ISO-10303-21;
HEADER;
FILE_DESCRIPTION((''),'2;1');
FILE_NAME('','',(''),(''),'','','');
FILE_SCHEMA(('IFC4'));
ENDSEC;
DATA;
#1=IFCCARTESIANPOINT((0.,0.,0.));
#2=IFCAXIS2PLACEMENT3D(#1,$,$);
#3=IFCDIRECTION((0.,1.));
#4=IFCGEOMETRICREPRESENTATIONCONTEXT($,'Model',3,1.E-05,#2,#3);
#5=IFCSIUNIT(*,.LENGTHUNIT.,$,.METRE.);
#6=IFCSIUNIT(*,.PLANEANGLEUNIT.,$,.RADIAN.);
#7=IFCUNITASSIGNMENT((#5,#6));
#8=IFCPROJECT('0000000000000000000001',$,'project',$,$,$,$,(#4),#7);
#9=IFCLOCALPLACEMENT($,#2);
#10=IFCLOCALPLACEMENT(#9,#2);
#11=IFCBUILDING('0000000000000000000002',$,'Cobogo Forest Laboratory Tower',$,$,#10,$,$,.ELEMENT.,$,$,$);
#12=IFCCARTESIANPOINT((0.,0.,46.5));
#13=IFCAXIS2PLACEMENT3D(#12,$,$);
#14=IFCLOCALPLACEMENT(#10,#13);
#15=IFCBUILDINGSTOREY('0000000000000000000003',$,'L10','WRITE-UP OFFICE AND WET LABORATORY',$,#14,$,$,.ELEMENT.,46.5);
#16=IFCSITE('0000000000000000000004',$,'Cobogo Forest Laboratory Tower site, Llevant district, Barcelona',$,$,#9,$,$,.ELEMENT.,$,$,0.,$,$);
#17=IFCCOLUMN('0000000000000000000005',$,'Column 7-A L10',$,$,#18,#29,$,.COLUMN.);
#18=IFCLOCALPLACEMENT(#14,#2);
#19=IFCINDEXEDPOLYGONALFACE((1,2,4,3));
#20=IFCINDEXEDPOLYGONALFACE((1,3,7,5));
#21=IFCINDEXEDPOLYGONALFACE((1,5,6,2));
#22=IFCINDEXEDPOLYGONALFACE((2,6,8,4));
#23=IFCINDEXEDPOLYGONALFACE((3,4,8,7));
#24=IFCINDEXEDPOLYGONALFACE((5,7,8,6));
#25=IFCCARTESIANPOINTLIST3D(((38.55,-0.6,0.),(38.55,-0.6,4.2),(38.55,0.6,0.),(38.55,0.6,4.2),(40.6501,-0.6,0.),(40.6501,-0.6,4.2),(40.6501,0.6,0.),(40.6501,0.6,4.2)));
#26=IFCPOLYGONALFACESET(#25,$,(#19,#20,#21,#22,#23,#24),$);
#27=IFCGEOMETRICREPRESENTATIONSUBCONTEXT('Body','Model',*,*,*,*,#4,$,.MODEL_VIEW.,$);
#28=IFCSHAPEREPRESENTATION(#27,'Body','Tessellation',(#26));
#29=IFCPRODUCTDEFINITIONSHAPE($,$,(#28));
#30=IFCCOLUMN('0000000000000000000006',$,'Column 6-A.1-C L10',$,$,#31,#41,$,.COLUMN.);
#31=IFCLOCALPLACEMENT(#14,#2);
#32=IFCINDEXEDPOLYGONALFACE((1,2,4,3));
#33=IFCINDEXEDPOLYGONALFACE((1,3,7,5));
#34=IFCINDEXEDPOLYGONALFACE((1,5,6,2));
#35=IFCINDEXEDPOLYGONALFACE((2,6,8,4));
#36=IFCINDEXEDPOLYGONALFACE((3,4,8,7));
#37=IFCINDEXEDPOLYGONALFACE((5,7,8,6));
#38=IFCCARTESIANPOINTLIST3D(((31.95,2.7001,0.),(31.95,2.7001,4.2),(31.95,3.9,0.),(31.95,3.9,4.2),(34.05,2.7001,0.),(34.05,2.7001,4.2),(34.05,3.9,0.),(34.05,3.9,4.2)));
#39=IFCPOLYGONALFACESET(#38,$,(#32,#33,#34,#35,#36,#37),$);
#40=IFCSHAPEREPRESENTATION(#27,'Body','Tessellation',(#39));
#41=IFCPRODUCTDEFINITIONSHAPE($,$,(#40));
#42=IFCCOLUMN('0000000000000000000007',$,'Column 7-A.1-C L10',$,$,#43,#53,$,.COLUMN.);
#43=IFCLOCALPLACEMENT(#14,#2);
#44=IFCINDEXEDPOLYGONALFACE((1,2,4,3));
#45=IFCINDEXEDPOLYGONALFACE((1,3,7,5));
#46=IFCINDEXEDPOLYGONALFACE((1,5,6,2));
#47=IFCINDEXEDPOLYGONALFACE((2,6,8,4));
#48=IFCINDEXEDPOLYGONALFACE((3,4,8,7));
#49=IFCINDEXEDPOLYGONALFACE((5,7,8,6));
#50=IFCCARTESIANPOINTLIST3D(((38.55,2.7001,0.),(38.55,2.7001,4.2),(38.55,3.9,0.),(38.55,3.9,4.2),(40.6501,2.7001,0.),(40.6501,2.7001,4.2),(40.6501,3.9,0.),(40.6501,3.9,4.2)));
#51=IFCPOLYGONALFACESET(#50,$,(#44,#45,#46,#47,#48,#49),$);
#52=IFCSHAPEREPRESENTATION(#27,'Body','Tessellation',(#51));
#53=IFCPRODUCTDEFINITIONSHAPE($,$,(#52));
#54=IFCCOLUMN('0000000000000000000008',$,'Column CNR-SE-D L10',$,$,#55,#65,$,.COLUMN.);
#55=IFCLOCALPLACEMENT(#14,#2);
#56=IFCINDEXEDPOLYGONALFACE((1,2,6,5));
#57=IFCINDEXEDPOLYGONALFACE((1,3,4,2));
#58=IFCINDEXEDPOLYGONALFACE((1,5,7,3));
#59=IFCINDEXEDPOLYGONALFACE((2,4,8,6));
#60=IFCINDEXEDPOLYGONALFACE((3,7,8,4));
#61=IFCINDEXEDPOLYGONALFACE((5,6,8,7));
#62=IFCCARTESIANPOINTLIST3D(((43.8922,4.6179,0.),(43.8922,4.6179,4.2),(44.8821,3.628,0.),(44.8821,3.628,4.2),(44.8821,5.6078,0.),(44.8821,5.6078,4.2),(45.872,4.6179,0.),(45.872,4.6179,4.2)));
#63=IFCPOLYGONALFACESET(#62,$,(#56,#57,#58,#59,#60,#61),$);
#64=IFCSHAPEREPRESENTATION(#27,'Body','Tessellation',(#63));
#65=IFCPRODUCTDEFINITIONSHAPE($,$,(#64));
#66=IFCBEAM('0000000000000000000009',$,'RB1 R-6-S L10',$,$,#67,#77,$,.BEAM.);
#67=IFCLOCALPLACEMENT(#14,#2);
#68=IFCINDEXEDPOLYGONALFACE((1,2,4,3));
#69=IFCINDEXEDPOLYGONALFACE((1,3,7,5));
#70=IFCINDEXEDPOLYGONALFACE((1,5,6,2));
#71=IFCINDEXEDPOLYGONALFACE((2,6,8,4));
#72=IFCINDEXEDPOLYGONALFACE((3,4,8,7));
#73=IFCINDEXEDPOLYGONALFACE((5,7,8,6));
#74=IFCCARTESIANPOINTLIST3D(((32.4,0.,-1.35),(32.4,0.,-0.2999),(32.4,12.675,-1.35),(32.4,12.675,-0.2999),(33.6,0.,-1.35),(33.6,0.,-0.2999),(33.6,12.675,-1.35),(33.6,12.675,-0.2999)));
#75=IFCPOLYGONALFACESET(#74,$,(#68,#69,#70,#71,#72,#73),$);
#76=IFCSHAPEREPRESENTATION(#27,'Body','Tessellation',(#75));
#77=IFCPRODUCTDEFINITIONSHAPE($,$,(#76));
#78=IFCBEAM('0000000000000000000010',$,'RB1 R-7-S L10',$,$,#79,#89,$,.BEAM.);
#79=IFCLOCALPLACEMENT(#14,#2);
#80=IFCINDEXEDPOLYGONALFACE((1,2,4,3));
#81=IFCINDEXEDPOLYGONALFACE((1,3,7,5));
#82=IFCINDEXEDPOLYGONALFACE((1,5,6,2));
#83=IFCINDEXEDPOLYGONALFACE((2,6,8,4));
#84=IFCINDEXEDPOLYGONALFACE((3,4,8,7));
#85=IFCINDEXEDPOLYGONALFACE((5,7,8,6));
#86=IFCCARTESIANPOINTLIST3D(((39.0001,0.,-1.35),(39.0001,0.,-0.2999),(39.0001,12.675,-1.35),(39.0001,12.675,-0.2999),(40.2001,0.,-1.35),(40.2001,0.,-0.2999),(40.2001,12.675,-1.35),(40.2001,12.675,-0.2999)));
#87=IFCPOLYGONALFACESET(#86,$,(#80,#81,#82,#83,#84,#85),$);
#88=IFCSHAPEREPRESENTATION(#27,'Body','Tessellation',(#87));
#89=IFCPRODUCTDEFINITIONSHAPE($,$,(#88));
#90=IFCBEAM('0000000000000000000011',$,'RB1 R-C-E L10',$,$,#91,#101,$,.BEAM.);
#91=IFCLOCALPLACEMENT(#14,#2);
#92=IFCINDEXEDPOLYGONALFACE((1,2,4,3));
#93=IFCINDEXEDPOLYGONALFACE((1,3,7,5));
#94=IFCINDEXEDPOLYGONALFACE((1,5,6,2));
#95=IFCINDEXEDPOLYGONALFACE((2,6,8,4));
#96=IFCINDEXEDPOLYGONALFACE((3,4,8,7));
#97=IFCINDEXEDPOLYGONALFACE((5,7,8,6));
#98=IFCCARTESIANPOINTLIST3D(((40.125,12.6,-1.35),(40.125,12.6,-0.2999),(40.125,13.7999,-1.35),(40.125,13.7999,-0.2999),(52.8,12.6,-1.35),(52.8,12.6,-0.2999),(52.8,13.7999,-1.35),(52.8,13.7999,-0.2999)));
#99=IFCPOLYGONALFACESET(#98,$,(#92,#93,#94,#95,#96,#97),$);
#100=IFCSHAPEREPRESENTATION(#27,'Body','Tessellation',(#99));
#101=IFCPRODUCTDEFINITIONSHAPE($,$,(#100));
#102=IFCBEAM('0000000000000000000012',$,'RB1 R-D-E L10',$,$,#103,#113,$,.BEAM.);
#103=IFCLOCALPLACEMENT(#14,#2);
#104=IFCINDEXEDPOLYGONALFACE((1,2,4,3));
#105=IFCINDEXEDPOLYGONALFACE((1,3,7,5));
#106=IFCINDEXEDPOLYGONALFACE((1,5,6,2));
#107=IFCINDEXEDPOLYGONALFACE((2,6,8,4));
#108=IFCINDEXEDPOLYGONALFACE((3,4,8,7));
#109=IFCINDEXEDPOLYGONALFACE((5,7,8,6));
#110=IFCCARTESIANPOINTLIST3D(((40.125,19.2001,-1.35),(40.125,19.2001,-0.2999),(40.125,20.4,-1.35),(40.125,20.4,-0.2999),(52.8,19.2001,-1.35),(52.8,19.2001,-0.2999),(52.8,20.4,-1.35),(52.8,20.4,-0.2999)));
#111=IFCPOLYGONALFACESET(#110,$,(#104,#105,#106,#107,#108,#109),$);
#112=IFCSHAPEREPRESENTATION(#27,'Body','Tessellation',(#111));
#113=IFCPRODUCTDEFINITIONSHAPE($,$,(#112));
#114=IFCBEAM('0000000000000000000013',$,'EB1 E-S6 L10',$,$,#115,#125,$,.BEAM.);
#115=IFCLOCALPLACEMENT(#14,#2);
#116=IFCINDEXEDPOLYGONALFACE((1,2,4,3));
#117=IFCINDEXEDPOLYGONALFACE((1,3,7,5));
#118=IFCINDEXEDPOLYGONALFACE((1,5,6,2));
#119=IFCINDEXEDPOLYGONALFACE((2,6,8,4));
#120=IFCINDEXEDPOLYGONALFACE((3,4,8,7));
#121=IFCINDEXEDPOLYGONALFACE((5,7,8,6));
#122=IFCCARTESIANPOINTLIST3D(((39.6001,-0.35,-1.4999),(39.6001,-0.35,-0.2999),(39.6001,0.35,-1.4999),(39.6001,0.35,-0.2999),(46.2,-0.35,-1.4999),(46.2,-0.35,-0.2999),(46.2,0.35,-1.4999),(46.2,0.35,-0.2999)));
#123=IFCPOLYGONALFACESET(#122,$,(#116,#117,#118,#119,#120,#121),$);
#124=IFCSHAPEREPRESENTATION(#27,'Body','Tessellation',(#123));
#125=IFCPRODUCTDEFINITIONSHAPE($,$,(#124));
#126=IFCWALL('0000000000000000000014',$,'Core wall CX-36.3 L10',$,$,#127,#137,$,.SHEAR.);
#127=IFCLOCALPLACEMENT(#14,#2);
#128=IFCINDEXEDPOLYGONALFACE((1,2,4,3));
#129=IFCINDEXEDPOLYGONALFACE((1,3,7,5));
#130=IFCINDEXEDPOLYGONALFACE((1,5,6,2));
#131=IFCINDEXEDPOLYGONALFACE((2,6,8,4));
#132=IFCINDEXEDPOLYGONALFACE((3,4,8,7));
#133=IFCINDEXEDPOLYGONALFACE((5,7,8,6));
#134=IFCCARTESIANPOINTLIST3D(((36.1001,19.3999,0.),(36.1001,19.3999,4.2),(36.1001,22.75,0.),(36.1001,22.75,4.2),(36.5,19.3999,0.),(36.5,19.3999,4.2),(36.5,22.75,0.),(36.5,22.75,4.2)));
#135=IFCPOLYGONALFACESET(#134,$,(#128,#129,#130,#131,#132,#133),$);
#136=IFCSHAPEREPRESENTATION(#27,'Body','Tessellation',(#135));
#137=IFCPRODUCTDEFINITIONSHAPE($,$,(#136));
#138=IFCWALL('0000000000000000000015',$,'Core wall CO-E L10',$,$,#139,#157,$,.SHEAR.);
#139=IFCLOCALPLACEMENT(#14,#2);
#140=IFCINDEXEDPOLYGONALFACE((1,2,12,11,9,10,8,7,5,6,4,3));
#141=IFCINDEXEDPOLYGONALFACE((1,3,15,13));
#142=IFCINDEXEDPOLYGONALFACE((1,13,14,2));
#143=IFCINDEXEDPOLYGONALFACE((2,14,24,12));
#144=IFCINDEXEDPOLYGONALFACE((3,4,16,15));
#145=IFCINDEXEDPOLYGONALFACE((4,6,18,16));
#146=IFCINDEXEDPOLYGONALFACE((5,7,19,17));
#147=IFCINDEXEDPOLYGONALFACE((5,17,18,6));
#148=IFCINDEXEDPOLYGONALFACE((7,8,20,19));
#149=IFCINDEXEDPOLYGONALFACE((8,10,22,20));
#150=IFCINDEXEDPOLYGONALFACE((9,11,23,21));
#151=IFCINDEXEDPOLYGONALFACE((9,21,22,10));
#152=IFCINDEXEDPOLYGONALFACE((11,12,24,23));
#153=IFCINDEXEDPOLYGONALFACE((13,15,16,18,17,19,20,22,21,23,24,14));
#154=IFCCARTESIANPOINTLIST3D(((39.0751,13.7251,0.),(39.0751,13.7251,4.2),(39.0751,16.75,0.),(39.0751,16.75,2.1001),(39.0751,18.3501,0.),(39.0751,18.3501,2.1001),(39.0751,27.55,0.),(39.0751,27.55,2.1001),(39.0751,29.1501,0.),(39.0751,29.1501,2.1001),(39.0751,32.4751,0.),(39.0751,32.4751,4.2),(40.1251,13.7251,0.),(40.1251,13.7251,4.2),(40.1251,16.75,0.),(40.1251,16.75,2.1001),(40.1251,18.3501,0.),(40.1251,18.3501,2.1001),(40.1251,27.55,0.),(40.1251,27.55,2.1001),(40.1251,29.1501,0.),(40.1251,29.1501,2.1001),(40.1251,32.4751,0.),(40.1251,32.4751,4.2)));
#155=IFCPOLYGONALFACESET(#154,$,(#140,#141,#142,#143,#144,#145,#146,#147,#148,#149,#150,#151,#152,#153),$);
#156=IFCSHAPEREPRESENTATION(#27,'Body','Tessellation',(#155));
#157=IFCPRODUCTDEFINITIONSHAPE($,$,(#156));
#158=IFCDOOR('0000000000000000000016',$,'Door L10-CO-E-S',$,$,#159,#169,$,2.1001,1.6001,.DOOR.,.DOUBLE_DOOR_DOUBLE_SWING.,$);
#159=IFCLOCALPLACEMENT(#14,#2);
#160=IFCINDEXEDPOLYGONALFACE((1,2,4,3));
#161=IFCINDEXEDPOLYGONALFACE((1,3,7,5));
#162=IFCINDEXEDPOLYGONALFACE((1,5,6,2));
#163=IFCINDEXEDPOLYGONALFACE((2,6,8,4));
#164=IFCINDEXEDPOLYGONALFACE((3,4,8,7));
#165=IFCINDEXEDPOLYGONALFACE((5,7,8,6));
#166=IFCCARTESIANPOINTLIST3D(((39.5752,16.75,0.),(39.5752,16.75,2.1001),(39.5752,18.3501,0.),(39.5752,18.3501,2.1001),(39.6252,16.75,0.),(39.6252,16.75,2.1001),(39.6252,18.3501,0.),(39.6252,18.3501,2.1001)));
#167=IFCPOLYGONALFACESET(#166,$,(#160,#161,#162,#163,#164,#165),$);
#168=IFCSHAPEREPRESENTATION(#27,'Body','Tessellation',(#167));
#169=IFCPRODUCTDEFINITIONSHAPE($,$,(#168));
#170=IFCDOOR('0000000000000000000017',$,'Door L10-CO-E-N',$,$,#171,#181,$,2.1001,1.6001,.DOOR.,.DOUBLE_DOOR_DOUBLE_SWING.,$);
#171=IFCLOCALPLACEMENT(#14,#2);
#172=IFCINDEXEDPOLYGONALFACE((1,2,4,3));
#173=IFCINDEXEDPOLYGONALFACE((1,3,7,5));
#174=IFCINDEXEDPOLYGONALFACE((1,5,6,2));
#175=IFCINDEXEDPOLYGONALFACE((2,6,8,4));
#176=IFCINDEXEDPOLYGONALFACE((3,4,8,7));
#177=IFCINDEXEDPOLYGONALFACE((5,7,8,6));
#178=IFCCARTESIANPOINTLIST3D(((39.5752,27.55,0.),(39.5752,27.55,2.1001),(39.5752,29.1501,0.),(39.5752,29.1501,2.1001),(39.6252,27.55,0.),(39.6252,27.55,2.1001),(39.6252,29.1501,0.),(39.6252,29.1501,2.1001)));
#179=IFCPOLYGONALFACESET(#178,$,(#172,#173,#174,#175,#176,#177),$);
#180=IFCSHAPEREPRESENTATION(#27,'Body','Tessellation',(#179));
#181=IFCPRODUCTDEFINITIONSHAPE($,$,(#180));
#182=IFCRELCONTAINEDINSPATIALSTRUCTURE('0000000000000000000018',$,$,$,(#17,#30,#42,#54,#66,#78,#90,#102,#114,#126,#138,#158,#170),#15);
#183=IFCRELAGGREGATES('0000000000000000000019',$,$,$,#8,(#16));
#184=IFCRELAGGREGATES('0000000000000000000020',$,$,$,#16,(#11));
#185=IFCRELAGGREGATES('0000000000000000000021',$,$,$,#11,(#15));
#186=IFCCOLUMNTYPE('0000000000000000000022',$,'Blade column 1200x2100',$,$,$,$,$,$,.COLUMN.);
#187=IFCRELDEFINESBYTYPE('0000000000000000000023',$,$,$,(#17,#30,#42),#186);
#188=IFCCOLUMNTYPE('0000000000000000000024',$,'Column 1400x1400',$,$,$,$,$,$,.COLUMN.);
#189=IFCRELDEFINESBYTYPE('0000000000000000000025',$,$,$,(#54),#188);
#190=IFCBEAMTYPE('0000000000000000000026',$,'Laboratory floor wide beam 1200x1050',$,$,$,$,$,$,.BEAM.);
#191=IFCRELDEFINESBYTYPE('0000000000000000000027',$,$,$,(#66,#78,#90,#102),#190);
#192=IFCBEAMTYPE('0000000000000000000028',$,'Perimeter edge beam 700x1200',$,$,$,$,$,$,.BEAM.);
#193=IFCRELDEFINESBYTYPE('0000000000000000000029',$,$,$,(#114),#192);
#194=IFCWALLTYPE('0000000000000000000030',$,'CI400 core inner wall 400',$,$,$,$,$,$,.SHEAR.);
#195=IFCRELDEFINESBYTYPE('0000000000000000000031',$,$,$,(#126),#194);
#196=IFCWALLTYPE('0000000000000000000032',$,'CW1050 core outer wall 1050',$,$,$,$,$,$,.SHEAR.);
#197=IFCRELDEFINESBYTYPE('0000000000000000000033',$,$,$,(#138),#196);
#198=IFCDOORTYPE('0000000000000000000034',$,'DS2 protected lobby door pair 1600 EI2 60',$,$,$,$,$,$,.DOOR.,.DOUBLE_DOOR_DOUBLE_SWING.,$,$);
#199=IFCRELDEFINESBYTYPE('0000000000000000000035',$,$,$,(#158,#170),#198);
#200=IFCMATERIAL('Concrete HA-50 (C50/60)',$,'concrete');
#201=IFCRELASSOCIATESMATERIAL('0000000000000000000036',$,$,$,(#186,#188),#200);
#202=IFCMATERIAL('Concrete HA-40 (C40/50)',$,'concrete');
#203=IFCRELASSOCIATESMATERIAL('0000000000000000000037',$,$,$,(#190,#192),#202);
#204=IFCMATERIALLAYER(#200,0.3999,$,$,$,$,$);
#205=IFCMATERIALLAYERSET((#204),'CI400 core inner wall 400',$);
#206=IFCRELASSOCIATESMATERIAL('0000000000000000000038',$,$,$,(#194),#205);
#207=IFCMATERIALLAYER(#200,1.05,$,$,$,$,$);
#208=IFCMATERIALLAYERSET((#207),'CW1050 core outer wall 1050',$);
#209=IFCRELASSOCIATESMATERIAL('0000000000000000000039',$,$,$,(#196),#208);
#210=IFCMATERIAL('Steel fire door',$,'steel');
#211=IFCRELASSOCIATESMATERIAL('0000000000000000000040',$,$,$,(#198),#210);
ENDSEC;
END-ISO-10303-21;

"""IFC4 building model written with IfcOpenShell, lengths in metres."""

from ifc_helpers import new_model, si_unit, direction, frame, frame_2d, origin, origin_2d, place, context, subcontext, project, spatial, rectangle, extrude, material, layer, layer_set, material_profile, profile_set, type_object, element, fill, save


model = new_model("IFC4")

# Units and contexts
model_context = context("Model", 3, precision=1e-05, world=origin(), true_north=direction((0.0, 1.0)))
body_context = subcontext(model_context, "Body", "Model", "MODEL_VIEW")
ifc_project = project(units=[si_unit("LENGTHUNIT", "METRE"), si_unit("PLANEANGLEUNIT", "RADIAN")], contexts=[model_context])

# Site, building, storey
site_placement = place(None, origin())
site = spatial("IfcSite", under=ifc_project, at=site_placement, Name="Cobogo Forest Laboratory Tower site, Llevant district, Barcelona", CompositionType="ELEMENT", RefElevation=0.0)
building_placement = place(site_placement, origin())
building = spatial("IfcBuilding", under=site, at=building_placement, Name="Cobogo Forest Laboratory Tower", CompositionType="ELEMENT")
storey_placement = place(building_placement, frame((0.0, 0.0, 46.5)))
storey = spatial("IfcBuildingStorey", under=building, at=storey_placement, Name="L10", Description="WRITE-UP OFFICE AND WET LABORATORY", CompositionType="ELEMENT", Elevation=46.5)

# Columns
ifc_material_1 = material(Name="Concrete HA-50 (C50/60)", Category="concrete")
ifc_material_profile_1 = material_profile(ifc_material_1, rectangle(XDim=2.1001, YDim=1.2, at=origin_2d()), Name="RC 1200x2100")
ifc_profile_set_1 = profile_set([ifc_material_profile_1], Name="Concrete HA-50 (C50/60)")
column_type_1 = type_object("IfcColumnType", Name="Blade column 1200x2100", PredefinedType="COLUMN", material=ifc_profile_set_1)
for number, where, z_axis, x_axis, name in (
    (1, (39.6001, 0.0, 0.0), (0.0, 0.0, 1.0), (1.0, 0.0, 0.0), "Column 7-A L10"),
    (2, (33.0, 3.3, 0.0), (0.0, 0.0, 1.0), (1.0, 0.0, 0.0), "Column 6-A.1-C L10"),
    (3, (39.6001, 3.3, 0.0), (0.0, 0.0, 1.0), (1.0, 0.0, 0.0), "Column 7-A.1-C L10"),
):
    element("IfcColumn", number, at=place(storey_placement, frame(where, z_axis=z_axis, x_axis=x_axis)), inside=storey, type_object=column_type_1, Name=name, PredefinedType="COLUMN", context=body_context, shape_type="SweptSolid", body=[
        extrude(rectangle(XDim=2.1001, YDim=1.2, at=origin_2d()), origin(), (0.0, 0.0, 1.0), 4.2),
    ])
ifc_material_profile_2 = material_profile(ifc_material_1, rectangle(XDim=1.3999, YDim=1.3999, at=origin_2d()), Name="RC 1400x1400")
ifc_profile_set_2 = profile_set([ifc_material_profile_2], Name="Concrete HA-50 (C50/60)")
column_type_2 = type_object("IfcColumnType", Name="Column 1400x1400", PredefinedType="COLUMN", material=ifc_profile_set_2)
column_placement = place(storey_placement, frame((44.8821, 4.6179, 0.0), z_axis=(0.0, 0.0, 1.0), x_axis=(0.707107, 0.707107, 0.0)))
element("IfcColumn", 4, at=column_placement, inside=storey, type_object=column_type_2, Name="Column CNR-SE-D L10", PredefinedType="COLUMN", context=body_context, shape_type="SweptSolid", body=[
    extrude(rectangle(XDim=1.3999, YDim=1.3999, at=origin_2d()), origin(), (0.0, 0.0, 1.0), 4.2),
])

# Beams
ifc_material_2 = material(Name="Concrete HA-40 (C40/50)", Category="concrete")
ifc_material_profile_3 = material_profile(ifc_material_2, rectangle(XDim=1.2, YDim=1.05, at=origin_2d()), Name="RC 1200x1050")
ifc_profile_set_3 = profile_set([ifc_material_profile_3], Name="Concrete HA-40 (C40/50)")
beam_type_1 = type_object("IfcBeamType", Name="Laboratory floor wide beam 1200x1050", PredefinedType="BEAM", material=ifc_profile_set_3)
for number, where, z_axis, x_axis, name in (
    (5, (33.0, 12.675, -0.825), (0.0, -1.0, 0.0), (1.0, 0.0, 0.0), "RB1 R-6-S L10"),
    (6, (39.6001, 12.675, -0.825), (0.0, -1.0, 0.0), (1.0, 0.0, 0.0), "RB1 R-7-S L10"),
    (7, (40.125, 13.2, -0.825), (1.0, 0.0, 0.0), (0.0, 1.0, 0.0), "RB1 R-C-E L10"),
    (8, (40.125, 19.8, -0.825), (1.0, 0.0, 0.0), (0.0, 1.0, 0.0), "RB1 R-D-E L10"),
):
    element("IfcBeam", number, at=place(storey_placement, frame(where, z_axis=z_axis, x_axis=x_axis)), inside=storey, type_object=beam_type_1, Name=name, PredefinedType="BEAM", context=body_context, shape_type="SweptSolid", body=[
        extrude(rectangle(XDim=1.2, YDim=1.05, at=origin_2d()), origin(), (0.0, 0.0, 1.0), 12.675),
    ])
ifc_material_profile_4 = material_profile(ifc_material_2, rectangle(XDim=0.7, YDim=1.2, at=origin_2d()), Name="RC 700x1200")
ifc_profile_set_4 = profile_set([ifc_material_profile_4], Name="Concrete HA-40 (C40/50)")
beam_type_2 = type_object("IfcBeamType", Name="Perimeter edge beam 700x1200", PredefinedType="BEAM", material=ifc_profile_set_4)
beam_placement = place(storey_placement, frame((39.6001, 0.0, -0.8999), z_axis=(1.0, 0.0, 0.0), x_axis=(0.0, 1.0, 0.0)))
element("IfcBeam", 9, at=beam_placement, inside=storey, type_object=beam_type_2, Name="EB1 E-S6 L10", PredefinedType="BEAM", context=body_context, shape_type="SweptSolid", body=[
    extrude(rectangle(XDim=0.7, YDim=1.2, at=origin_2d()), origin(), (0.0, 0.0, 1.0), 6.5999),
])

# Wall
ifc_layer_1 = layer(ifc_material_1, 0.3999)
ifc_layer_set_1 = layer_set([ifc_layer_1], Name="CI400 core inner wall 400")
wall_type_1 = type_object("IfcWallType", Name="CI400 core inner wall 400", PredefinedType="SHEAR", material=ifc_layer_set_1)
wall_1_placement = place(storey_placement, frame((36.3, 19.3999, 0.0), z_axis=(0.0, 0.0, 1.0), x_axis=(0.0, 1.0, 0.0)))
element("IfcWall", 10, at=wall_1_placement, inside=storey, type_object=wall_type_1, Name="Core wall CX-36.3 L10", PredefinedType="SHEAR", context=body_context, shape_type="SweptSolid", body=[
    extrude(rectangle(XDim=3.3501, YDim=0.3999, at=frame_2d((1.675, 0.0))), origin(), (0.0, 0.0, 1.0), 4.2),
])

# Wall, openings, doors
ifc_layer_2 = layer(ifc_material_1, 1.05)
ifc_layer_set_2 = layer_set([ifc_layer_2], Name="CW1050 core outer wall 1050")
wall_type_2 = type_object("IfcWallType", Name="CW1050 core outer wall 1050", PredefinedType="SHEAR", material=ifc_layer_set_2)
wall_2_placement = place(storey_placement, frame((39.6001, 13.7251, 0.0), z_axis=(0.0, 0.0, 1.0), x_axis=(0.0, 1.0, 0.0)))
wall_2 = element("IfcWall", 11, at=wall_2_placement, inside=storey, type_object=wall_type_2, Name="Core wall CO-E L10", PredefinedType="SHEAR", context=body_context, shape_type="SweptSolid", body=[
    extrude(rectangle(XDim=18.75, YDim=1.05, at=frame_2d((9.375, 0.0))), origin(), (0.0, 0.0, 1.0), 4.2),
])
opening_1_placement = place(wall_2_placement, frame((3.0249, 0.0, 0.0)))
opening_1 = element("IfcOpeningElement", 12, at=opening_1_placement, cuts=wall_2, PredefinedType="OPENING", context=body_context, shape_type="SweptSolid", body=[
    extrude(rectangle(XDim=1.6001, YDim=2.1001, at=frame_2d((0.8, 1.05))), frame((0.0, 0.5349, 0.0), z_axis=(0.0, -1.0, 0.0), x_axis=(1.0, 0.0, 0.0)), (0.0, 0.0, 1.0), 1.0701),
])
opening_2_placement = place(wall_2_placement, frame((13.825, 0.0, 0.0)))
opening_2 = element("IfcOpeningElement", 13, at=opening_2_placement, cuts=wall_2, PredefinedType="OPENING", context=body_context, shape_type="SweptSolid", body=[
    extrude(rectangle(XDim=1.6001, YDim=2.1001, at=frame_2d((0.8, 1.05))), frame((0.0, 0.5349, 0.0), z_axis=(0.0, -1.0, 0.0), x_axis=(1.0, 0.0, 0.0)), (0.0, 0.0, 1.0), 1.0701),
])
ifc_material_3 = material(Name="Steel fire door", Category="steel")
door_type_1 = type_object("IfcDoorType", Name="DS2 protected lobby door pair 1600 EI2 60", OperationType="DOUBLE_DOOR_DOUBLE_SWING", PredefinedType="DOOR", material=ifc_material_3)
door_1_placement = place(opening_1_placement, origin())
door_1 = element("IfcDoor", 14, at=door_1_placement, inside=storey, type_object=door_type_1, Name="Door L10-CO-E-S", OperationType="DOUBLE_DOOR_DOUBLE_SWING", OverallHeight=2.1001, OverallWidth=1.6001, PredefinedType="DOOR", context=body_context, shape_type="SweptSolid", body=[
    extrude(rectangle(XDim=1.6001, YDim=2.1001, at=frame_2d((0.8, 1.05))), frame((0.0, 0.0249, 0.0), z_axis=(0.0, -1.0, 0.0), x_axis=(1.0, 0.0, 0.0)), (0.0, 0.0, 1.0), 0.05),
])
fill(opening_1, door_1)
door_2_placement = place(opening_2_placement, origin())
door_2 = element("IfcDoor", 15, at=door_2_placement, inside=storey, type_object=door_type_1, Name="Door L10-CO-E-N", OperationType="DOUBLE_DOOR_DOUBLE_SWING", OverallHeight=2.1001, OverallWidth=1.6001, PredefinedType="DOOR", context=body_context, shape_type="SweptSolid", body=[
    extrude(rectangle(XDim=1.6001, YDim=2.1001, at=frame_2d((0.8, 1.05))), frame((0.0, 0.0249, 0.0), z_axis=(0.0, -1.0, 0.0), x_axis=(1.0, 0.0, 0.0)), (0.0, 0.0, 1.0), 0.05),
])
fill(opening_2, door_2)

save(model, "model.ifc")
